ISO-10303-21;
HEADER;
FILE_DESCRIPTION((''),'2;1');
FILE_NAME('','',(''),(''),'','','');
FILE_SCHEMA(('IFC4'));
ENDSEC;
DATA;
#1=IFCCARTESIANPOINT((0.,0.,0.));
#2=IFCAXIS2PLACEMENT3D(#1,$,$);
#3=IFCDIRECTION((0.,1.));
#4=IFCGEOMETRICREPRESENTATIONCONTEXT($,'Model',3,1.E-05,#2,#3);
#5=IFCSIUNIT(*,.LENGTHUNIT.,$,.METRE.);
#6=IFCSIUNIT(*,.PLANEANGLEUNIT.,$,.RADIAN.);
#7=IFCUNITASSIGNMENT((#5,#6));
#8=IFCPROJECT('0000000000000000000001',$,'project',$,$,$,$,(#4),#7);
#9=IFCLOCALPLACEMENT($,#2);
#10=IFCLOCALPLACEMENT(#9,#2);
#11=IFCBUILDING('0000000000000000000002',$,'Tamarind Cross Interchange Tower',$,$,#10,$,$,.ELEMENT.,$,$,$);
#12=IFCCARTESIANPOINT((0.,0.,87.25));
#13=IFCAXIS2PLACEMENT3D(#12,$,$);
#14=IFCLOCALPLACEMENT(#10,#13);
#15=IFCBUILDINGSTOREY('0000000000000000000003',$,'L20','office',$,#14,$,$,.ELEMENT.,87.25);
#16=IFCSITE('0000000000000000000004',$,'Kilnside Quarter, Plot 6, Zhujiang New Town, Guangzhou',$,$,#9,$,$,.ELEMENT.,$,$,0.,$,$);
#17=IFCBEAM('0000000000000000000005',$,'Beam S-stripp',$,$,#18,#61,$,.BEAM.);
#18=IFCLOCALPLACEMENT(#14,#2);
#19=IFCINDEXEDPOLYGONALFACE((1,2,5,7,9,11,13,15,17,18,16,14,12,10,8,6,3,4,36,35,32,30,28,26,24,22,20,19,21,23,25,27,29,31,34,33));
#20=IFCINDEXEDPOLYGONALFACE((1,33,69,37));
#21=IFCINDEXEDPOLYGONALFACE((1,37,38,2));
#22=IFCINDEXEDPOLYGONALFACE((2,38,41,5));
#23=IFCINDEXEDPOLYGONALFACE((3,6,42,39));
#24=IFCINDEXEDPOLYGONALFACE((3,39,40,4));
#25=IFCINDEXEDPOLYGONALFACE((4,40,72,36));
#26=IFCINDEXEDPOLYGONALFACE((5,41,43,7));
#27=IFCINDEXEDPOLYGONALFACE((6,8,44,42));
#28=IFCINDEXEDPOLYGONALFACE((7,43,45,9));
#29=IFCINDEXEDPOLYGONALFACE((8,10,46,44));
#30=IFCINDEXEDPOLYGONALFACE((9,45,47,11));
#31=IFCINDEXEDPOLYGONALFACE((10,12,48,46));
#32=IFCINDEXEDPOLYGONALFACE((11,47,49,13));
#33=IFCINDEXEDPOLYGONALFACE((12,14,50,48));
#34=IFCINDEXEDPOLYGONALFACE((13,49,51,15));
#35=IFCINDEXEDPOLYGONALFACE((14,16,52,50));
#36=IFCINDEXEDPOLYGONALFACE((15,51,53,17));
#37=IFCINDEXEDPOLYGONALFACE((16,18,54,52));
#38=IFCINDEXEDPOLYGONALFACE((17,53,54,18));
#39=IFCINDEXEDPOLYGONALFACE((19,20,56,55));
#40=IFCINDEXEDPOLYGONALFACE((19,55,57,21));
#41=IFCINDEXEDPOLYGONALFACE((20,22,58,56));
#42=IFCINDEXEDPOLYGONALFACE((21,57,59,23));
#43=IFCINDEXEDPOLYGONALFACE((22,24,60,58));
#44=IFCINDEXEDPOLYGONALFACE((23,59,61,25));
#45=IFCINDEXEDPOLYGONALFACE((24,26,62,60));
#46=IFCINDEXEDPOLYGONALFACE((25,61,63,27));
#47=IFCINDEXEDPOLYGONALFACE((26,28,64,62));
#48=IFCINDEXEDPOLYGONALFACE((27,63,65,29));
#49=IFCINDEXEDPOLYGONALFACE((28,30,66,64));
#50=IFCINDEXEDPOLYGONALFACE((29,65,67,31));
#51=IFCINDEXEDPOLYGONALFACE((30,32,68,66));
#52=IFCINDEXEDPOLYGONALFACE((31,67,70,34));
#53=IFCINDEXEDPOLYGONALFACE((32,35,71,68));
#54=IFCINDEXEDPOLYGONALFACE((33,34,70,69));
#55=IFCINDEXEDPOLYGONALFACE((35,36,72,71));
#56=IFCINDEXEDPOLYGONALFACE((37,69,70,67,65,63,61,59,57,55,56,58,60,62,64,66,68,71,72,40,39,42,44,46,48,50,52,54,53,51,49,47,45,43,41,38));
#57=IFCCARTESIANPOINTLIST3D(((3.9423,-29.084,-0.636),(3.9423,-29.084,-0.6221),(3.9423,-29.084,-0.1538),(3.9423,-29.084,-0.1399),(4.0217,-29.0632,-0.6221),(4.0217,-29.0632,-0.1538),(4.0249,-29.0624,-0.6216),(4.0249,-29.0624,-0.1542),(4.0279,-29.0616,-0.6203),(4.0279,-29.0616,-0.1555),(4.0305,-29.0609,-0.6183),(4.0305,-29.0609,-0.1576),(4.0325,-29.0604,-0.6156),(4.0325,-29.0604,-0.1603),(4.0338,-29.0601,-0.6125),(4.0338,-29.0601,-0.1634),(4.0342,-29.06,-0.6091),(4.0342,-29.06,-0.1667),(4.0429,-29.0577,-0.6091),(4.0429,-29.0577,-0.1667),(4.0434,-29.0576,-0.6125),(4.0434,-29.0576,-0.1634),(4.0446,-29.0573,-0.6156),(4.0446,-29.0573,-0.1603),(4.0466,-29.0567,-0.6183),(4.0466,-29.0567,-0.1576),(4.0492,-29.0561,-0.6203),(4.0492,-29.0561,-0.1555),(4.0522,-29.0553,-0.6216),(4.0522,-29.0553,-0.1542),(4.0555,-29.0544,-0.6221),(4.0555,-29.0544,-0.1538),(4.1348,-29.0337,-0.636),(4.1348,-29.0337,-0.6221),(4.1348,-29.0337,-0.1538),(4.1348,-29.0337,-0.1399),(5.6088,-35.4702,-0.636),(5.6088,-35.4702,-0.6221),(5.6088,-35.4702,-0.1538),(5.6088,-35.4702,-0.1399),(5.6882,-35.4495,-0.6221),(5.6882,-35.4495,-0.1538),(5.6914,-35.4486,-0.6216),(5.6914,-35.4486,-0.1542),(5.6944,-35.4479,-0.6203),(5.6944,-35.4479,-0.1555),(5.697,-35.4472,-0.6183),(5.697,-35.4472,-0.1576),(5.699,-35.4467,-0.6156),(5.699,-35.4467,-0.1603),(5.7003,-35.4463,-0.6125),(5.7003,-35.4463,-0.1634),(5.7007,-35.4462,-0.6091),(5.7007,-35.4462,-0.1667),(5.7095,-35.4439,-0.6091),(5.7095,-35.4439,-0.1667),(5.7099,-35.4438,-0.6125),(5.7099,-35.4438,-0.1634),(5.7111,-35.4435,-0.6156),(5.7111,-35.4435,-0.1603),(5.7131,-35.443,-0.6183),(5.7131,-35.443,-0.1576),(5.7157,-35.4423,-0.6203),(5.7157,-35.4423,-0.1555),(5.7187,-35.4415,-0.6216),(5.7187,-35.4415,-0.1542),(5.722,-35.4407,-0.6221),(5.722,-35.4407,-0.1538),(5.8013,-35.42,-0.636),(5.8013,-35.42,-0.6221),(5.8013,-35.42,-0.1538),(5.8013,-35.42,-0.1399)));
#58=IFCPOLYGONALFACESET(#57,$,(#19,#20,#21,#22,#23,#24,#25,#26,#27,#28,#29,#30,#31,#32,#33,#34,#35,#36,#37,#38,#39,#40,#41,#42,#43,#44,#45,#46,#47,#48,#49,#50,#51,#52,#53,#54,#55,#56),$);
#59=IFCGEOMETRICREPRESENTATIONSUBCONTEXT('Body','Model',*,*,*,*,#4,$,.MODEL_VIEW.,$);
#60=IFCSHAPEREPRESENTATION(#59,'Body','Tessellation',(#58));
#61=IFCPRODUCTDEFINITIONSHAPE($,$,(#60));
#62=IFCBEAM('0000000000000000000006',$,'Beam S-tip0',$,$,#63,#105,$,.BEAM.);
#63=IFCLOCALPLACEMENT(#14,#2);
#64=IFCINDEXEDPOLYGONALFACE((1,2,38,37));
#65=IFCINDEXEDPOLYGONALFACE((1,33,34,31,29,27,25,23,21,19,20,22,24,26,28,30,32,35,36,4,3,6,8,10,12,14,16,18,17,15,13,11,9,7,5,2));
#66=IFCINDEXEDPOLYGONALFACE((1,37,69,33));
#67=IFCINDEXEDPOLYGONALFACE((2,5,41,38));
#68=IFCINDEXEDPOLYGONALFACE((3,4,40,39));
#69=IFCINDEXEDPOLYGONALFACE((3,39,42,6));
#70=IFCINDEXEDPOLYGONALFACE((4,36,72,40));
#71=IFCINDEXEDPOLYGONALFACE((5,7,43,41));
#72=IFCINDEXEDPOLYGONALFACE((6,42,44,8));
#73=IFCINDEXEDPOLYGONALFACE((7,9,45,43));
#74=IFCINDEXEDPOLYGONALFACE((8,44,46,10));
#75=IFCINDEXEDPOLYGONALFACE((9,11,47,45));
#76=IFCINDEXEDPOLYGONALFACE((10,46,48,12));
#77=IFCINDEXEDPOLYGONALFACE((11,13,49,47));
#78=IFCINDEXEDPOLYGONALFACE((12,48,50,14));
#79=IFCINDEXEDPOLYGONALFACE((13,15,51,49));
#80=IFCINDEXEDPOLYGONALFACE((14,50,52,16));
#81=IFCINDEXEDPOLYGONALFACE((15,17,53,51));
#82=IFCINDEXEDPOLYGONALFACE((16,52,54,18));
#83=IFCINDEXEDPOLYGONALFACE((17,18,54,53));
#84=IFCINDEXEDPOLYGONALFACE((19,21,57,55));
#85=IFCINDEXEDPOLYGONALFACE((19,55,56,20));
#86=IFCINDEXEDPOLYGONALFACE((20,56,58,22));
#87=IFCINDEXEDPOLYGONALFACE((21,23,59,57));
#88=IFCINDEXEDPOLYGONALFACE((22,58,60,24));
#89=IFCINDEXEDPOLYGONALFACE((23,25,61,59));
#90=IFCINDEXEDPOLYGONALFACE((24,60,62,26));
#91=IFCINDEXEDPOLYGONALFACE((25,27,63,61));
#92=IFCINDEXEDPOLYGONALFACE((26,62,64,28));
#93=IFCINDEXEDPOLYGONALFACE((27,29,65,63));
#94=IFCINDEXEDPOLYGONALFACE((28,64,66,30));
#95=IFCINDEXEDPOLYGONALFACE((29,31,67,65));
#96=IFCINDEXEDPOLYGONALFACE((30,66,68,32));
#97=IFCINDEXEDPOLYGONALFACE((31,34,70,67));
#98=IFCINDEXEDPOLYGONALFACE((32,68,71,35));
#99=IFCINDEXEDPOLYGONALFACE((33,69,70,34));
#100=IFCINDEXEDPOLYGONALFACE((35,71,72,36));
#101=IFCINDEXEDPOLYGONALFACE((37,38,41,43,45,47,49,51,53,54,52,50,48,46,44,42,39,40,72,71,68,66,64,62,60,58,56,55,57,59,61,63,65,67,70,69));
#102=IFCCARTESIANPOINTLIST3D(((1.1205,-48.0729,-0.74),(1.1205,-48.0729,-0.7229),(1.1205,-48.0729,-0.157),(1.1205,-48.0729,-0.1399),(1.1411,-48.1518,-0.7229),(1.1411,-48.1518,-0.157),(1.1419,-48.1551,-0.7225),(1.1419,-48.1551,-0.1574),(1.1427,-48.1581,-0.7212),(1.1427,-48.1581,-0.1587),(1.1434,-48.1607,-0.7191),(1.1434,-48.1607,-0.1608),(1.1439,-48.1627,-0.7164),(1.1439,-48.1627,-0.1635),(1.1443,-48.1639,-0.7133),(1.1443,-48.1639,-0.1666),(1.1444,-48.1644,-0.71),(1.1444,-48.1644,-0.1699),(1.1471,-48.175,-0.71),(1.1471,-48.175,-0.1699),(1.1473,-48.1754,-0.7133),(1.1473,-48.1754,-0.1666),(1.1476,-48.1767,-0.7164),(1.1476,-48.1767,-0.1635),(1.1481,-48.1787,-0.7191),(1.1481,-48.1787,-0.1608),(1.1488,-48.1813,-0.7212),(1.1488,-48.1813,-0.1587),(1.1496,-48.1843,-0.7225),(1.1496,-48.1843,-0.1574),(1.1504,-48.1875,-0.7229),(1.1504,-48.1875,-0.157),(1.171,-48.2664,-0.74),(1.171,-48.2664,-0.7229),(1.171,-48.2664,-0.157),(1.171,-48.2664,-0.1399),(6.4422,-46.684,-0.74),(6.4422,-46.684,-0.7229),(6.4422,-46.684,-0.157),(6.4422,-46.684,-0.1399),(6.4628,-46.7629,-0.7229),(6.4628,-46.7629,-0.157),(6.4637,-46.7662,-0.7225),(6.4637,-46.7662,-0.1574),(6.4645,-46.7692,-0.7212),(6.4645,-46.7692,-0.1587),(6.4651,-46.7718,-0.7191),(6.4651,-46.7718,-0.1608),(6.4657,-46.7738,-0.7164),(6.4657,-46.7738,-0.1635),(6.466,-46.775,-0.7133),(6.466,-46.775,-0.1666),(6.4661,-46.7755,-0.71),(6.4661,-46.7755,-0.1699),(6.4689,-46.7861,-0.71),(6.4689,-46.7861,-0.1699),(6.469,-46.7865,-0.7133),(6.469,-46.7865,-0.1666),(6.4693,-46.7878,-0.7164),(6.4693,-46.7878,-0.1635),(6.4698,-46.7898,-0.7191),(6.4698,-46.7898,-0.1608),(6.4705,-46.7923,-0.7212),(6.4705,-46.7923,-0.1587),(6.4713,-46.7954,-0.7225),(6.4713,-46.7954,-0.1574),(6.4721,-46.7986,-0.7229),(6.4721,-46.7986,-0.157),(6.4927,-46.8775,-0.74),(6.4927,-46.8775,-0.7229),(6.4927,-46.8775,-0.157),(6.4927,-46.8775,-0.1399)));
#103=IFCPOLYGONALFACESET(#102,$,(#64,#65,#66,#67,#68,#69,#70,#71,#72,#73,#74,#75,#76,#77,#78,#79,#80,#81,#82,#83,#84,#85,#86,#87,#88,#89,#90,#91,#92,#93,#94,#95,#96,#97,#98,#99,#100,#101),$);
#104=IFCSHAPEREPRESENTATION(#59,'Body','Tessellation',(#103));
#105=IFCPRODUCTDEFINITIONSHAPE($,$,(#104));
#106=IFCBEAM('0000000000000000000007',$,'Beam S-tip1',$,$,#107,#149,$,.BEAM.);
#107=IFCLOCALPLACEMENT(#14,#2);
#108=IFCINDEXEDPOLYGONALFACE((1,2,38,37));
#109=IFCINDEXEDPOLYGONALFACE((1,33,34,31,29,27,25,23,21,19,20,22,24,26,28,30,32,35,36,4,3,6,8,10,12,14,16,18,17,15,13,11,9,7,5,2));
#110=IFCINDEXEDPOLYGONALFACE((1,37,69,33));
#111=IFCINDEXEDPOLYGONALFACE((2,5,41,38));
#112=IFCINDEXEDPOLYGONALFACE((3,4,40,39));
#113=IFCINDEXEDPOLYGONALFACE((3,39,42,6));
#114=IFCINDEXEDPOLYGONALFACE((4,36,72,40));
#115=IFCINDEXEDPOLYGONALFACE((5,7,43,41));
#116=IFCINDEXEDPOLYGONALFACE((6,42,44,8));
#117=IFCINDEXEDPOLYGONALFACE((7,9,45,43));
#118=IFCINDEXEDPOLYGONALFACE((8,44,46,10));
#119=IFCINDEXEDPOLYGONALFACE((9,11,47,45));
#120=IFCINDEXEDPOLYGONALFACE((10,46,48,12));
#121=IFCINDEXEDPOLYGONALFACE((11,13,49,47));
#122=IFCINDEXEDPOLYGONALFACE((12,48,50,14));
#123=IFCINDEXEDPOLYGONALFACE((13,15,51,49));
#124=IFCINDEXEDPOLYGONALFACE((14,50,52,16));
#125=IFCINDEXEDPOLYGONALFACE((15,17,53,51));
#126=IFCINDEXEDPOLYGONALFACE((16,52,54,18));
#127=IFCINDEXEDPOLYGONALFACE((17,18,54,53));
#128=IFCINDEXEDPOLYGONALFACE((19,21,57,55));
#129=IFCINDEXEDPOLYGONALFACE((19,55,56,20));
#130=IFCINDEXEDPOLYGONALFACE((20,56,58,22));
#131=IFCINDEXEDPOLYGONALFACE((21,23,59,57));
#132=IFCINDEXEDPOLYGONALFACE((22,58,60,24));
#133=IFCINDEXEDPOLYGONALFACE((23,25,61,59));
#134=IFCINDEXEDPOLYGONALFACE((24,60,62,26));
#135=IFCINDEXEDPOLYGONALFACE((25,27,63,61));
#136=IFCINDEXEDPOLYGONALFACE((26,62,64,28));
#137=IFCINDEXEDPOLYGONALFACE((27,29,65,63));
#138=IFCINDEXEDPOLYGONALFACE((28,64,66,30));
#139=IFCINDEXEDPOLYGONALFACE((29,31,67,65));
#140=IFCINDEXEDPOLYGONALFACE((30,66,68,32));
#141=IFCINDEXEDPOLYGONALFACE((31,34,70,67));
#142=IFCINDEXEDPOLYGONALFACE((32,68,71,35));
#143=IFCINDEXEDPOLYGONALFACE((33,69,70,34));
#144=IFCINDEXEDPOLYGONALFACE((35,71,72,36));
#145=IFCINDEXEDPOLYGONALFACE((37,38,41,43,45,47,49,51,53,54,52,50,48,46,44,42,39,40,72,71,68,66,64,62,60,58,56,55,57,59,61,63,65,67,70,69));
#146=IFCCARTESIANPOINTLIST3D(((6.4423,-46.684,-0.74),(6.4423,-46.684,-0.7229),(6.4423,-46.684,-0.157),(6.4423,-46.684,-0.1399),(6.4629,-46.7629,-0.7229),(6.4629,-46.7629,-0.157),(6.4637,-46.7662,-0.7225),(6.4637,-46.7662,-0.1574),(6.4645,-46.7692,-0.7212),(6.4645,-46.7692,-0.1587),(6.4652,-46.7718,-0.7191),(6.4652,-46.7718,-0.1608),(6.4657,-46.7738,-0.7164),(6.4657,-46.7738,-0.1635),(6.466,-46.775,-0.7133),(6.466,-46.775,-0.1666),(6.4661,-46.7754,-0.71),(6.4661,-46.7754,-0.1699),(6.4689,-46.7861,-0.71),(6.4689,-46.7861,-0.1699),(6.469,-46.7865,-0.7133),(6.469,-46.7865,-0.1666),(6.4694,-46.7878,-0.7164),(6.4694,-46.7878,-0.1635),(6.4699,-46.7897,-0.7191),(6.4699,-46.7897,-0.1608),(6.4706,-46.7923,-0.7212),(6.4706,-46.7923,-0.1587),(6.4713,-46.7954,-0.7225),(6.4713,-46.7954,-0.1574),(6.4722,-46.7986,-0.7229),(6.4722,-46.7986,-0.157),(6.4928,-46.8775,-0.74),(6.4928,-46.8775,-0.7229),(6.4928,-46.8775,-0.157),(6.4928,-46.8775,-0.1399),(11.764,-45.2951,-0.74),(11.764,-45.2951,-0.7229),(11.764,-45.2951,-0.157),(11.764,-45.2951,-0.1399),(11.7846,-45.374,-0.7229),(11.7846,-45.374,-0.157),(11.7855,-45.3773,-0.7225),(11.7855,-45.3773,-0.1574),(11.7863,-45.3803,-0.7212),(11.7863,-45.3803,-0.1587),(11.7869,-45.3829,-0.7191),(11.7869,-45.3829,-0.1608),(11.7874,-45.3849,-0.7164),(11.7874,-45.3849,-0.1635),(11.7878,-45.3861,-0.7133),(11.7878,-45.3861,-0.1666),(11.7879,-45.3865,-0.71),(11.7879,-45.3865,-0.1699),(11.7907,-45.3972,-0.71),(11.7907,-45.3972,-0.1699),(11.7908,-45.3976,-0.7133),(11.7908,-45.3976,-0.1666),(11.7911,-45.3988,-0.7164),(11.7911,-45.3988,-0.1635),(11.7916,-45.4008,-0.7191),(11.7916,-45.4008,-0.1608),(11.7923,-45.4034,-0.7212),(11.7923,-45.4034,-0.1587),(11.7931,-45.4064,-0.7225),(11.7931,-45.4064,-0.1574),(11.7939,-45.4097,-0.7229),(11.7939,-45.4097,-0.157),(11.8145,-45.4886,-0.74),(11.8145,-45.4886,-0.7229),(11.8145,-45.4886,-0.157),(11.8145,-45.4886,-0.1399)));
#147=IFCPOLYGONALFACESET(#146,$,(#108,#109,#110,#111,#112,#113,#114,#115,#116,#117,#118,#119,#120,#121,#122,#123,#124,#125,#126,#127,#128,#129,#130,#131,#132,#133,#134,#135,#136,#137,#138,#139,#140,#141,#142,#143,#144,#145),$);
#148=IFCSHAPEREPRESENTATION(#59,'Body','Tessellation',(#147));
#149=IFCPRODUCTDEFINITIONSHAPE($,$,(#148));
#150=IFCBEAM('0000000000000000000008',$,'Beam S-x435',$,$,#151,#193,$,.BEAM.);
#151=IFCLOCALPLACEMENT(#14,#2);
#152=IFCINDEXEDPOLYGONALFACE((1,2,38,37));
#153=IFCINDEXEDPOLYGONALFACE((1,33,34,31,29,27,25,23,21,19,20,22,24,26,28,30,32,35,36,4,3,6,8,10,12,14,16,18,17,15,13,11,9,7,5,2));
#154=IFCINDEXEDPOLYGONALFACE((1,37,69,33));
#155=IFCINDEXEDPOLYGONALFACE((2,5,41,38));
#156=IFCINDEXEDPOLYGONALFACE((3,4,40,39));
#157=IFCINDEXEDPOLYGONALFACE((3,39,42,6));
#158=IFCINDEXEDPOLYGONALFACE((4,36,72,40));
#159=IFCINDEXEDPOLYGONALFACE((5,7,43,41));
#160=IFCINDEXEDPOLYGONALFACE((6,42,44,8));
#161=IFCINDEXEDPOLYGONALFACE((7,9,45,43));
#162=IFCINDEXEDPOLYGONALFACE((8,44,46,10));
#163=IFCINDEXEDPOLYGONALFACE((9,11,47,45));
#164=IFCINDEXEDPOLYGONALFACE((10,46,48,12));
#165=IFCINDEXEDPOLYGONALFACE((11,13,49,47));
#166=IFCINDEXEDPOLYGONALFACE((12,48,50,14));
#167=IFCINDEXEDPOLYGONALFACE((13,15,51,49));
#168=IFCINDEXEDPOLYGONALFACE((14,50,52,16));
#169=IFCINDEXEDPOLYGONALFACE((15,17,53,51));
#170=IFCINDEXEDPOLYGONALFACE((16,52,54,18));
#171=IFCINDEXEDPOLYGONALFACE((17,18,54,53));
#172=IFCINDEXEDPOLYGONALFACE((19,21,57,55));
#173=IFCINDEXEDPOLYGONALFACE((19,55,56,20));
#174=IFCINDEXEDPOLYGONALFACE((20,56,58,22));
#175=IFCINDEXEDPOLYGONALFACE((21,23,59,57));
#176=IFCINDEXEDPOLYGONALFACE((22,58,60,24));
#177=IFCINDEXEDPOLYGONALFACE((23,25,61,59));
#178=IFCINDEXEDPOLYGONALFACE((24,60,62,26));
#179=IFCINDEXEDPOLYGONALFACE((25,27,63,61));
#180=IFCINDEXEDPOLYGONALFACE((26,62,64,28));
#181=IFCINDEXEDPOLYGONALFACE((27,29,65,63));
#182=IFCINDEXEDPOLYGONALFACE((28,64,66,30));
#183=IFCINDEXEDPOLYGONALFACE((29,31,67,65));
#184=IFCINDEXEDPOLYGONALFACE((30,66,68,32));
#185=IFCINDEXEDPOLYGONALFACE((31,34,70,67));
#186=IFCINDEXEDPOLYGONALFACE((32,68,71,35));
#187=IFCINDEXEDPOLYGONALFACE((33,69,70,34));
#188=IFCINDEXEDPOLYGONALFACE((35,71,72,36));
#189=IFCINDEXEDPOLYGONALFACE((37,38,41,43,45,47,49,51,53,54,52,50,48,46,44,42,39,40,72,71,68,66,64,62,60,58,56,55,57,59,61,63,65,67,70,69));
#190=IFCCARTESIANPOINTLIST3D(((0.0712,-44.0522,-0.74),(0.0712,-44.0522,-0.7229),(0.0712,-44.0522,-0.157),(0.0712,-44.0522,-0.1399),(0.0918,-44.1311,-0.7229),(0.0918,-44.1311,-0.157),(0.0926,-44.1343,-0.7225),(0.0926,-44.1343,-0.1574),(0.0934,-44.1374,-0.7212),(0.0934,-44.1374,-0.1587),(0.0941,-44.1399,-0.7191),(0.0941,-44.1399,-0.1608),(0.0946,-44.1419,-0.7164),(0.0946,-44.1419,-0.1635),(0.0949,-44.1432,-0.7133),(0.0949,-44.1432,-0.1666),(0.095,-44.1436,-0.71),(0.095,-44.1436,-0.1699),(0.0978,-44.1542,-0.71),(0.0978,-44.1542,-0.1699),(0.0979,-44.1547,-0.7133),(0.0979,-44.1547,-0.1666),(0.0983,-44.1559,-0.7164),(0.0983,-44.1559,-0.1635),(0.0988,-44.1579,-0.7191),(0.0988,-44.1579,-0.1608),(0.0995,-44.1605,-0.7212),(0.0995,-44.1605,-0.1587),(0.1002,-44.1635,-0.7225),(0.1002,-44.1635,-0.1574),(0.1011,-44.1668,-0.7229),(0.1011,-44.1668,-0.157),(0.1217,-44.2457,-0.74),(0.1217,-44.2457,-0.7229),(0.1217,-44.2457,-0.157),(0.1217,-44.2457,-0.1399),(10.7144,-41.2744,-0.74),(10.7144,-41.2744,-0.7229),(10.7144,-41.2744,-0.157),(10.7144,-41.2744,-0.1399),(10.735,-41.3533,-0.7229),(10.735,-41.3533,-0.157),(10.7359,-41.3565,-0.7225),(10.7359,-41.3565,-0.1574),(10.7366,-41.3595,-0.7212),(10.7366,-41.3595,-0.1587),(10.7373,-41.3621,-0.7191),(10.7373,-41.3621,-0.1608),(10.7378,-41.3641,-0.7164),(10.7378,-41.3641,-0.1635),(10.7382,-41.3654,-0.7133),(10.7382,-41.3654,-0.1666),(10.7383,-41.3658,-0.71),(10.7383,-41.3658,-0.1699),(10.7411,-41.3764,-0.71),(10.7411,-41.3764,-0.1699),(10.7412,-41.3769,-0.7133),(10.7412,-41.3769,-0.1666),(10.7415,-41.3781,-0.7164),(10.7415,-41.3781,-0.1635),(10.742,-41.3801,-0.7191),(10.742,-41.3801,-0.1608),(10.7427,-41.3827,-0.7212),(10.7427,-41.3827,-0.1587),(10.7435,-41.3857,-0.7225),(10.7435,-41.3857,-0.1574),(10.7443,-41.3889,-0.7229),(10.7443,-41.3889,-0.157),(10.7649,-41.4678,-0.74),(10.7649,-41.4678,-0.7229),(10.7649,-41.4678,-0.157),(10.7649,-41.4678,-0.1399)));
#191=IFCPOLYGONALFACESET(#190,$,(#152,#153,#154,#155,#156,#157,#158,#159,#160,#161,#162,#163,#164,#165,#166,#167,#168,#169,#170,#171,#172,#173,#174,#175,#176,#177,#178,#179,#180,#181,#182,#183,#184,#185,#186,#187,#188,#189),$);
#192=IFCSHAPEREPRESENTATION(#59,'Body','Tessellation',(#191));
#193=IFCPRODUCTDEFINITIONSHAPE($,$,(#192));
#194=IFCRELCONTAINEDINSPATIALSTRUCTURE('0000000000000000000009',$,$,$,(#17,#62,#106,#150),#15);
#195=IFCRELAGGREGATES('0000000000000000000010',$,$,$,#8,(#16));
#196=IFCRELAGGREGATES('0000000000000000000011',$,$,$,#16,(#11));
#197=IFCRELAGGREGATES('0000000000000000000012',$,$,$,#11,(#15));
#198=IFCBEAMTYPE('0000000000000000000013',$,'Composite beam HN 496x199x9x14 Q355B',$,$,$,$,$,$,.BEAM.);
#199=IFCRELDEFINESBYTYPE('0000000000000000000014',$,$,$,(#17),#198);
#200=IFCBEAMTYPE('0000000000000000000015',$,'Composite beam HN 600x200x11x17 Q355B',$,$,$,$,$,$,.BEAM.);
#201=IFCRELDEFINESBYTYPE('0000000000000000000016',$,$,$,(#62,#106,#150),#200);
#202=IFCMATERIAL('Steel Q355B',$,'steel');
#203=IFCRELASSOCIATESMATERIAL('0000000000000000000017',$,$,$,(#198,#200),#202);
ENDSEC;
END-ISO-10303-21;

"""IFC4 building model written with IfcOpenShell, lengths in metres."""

from ifc_helpers import new_model, si_unit, direction, frame, origin, origin_2d, place, context, subcontext, project, spatial, i_section, extrude, material, material_profile, profile_set, type_object, element, save


model = new_model("IFC4")

# Units and contexts
model_context = context("Model", 3, precision=1e-05, world=origin(), true_north=direction((0.0, 1.0)))
body_context = subcontext(model_context, "Body", "Model", "MODEL_VIEW")
ifc_project = project(units=[si_unit("LENGTHUNIT", "METRE"), si_unit("PLANEANGLEUNIT", "RADIAN")], contexts=[model_context])

# Site, building, storey
site_placement = place(None, origin())
site = spatial("IfcSite", under=ifc_project, at=site_placement, Name="Kilnside Quarter, Plot 6, Zhujiang New Town, Guangzhou", CompositionType="ELEMENT", RefElevation=0.0)
building_placement = place(site_placement, origin())
building = spatial("IfcBuilding", under=site, at=building_placement, Name="Tamarind Cross Interchange Tower", CompositionType="ELEMENT")
storey_placement = place(building_placement, frame((0.0, 0.0, 87.25)))
storey = spatial("IfcBuildingStorey", under=building, at=storey_placement, Name="L20", Description="office", CompositionType="ELEMENT", Elevation=87.25)

# Beams
ifc_material_1 = material(Name="Steel Q355B", Category="steel")
ifc_material_profile_1 = material_profile(ifc_material_1, i_section(OverallWidth=0.199, OverallDepth=0.4961, WebThickness=0.009, FlangeThickness=0.0139, FilletRadius=0.0129, at=origin_2d()), Name="HN 496x199x9x14")
ifc_profile_set_1 = profile_set([ifc_material_profile_1], Name="Steel Q355B")
beam_type_1 = type_object("IfcBeamType", Name="Composite beam HN 496x199x9x14 Q355B", PredefinedType="BEAM", material=ifc_profile_set_1)
for number, where, z_axis, x_axis, name in (
    (1, (4.0386, -29.0588, -0.3879), (0.252497, -0.967598, 0.0), (0.967598, 0.252497, 0.0), "Beam S-stripp"),
):
    element("IfcBeam", number, at=place(storey_placement, frame(where, z_axis=z_axis, x_axis=x_axis)), inside=storey, type_object=beam_type_1, Name=name, PredefinedType="BEAM", context=body_context, shape_type="SweptSolid", body=[
        extrude(i_section(OverallWidth=0.199, OverallDepth=0.4961, WebThickness=0.009, FlangeThickness=0.0139, FilletRadius=0.0129, at=origin_2d()), origin(), (0.0, 0.0, 1.0), 6.6001),
    ])
ifc_material_profile_2 = material_profile(ifc_material_1, i_section(OverallWidth=0.2, OverallDepth=0.6001, WebThickness=0.011, FlangeThickness=0.0171, FilletRadius=0.0129, at=origin_2d()), Name="HN 600x200x11x17")
ifc_profile_set_2 = profile_set([ifc_material_profile_2], Name="Steel Q355B")
beam_type_2 = type_object("IfcBeamType", Name="Composite beam HN 600x200x11x17 Q355B", PredefinedType="BEAM", material=ifc_profile_set_2)
for number, where, z_axis, x_axis, name in (
    (2, (1.1458, -48.1697, -0.4399), (0.967589, 0.252529, 0.0), (-0.252529, 0.967589, 0.0), "Beam S-tip0"),
    (3, (6.4675, -46.7808, -0.4399), (0.967589, 0.252529, 0.0), (-0.252529, 0.967589, 0.0), "Beam S-tip1"),
):
    element("IfcBeam", number, at=place(storey_placement, frame(where, z_axis=z_axis, x_axis=x_axis)), inside=storey, type_object=beam_type_2, Name=name, PredefinedType="BEAM", context=body_context, shape_type="SweptSolid", body=[
        extrude(i_section(OverallWidth=0.2, OverallDepth=0.6001, WebThickness=0.011, FlangeThickness=0.0171, FilletRadius=0.0129, at=origin_2d()), origin(), (0.0, 0.0, 1.0), 5.5),
    ])
beam_1_placement = place(storey_placement, frame((0.0964, -44.1489, -0.4399), z_axis=(0.967588, 0.252534, 0.0), x_axis=(-0.252534, 0.967588, 0.0)))
element("IfcBeam", 4, at=beam_1_placement, inside=storey, type_object=beam_type_2, Name="Beam S-x435", PredefinedType="BEAM", context=body_context, shape_type="SweptSolid", body=[
    extrude(i_section(OverallWidth=0.2, OverallDepth=0.6001, WebThickness=0.011, FlangeThickness=0.0171, FilletRadius=0.0129, at=origin_2d()), origin(), (0.0, 0.0, 1.0), 10.9998),
])

save(model, "model.ifc")
